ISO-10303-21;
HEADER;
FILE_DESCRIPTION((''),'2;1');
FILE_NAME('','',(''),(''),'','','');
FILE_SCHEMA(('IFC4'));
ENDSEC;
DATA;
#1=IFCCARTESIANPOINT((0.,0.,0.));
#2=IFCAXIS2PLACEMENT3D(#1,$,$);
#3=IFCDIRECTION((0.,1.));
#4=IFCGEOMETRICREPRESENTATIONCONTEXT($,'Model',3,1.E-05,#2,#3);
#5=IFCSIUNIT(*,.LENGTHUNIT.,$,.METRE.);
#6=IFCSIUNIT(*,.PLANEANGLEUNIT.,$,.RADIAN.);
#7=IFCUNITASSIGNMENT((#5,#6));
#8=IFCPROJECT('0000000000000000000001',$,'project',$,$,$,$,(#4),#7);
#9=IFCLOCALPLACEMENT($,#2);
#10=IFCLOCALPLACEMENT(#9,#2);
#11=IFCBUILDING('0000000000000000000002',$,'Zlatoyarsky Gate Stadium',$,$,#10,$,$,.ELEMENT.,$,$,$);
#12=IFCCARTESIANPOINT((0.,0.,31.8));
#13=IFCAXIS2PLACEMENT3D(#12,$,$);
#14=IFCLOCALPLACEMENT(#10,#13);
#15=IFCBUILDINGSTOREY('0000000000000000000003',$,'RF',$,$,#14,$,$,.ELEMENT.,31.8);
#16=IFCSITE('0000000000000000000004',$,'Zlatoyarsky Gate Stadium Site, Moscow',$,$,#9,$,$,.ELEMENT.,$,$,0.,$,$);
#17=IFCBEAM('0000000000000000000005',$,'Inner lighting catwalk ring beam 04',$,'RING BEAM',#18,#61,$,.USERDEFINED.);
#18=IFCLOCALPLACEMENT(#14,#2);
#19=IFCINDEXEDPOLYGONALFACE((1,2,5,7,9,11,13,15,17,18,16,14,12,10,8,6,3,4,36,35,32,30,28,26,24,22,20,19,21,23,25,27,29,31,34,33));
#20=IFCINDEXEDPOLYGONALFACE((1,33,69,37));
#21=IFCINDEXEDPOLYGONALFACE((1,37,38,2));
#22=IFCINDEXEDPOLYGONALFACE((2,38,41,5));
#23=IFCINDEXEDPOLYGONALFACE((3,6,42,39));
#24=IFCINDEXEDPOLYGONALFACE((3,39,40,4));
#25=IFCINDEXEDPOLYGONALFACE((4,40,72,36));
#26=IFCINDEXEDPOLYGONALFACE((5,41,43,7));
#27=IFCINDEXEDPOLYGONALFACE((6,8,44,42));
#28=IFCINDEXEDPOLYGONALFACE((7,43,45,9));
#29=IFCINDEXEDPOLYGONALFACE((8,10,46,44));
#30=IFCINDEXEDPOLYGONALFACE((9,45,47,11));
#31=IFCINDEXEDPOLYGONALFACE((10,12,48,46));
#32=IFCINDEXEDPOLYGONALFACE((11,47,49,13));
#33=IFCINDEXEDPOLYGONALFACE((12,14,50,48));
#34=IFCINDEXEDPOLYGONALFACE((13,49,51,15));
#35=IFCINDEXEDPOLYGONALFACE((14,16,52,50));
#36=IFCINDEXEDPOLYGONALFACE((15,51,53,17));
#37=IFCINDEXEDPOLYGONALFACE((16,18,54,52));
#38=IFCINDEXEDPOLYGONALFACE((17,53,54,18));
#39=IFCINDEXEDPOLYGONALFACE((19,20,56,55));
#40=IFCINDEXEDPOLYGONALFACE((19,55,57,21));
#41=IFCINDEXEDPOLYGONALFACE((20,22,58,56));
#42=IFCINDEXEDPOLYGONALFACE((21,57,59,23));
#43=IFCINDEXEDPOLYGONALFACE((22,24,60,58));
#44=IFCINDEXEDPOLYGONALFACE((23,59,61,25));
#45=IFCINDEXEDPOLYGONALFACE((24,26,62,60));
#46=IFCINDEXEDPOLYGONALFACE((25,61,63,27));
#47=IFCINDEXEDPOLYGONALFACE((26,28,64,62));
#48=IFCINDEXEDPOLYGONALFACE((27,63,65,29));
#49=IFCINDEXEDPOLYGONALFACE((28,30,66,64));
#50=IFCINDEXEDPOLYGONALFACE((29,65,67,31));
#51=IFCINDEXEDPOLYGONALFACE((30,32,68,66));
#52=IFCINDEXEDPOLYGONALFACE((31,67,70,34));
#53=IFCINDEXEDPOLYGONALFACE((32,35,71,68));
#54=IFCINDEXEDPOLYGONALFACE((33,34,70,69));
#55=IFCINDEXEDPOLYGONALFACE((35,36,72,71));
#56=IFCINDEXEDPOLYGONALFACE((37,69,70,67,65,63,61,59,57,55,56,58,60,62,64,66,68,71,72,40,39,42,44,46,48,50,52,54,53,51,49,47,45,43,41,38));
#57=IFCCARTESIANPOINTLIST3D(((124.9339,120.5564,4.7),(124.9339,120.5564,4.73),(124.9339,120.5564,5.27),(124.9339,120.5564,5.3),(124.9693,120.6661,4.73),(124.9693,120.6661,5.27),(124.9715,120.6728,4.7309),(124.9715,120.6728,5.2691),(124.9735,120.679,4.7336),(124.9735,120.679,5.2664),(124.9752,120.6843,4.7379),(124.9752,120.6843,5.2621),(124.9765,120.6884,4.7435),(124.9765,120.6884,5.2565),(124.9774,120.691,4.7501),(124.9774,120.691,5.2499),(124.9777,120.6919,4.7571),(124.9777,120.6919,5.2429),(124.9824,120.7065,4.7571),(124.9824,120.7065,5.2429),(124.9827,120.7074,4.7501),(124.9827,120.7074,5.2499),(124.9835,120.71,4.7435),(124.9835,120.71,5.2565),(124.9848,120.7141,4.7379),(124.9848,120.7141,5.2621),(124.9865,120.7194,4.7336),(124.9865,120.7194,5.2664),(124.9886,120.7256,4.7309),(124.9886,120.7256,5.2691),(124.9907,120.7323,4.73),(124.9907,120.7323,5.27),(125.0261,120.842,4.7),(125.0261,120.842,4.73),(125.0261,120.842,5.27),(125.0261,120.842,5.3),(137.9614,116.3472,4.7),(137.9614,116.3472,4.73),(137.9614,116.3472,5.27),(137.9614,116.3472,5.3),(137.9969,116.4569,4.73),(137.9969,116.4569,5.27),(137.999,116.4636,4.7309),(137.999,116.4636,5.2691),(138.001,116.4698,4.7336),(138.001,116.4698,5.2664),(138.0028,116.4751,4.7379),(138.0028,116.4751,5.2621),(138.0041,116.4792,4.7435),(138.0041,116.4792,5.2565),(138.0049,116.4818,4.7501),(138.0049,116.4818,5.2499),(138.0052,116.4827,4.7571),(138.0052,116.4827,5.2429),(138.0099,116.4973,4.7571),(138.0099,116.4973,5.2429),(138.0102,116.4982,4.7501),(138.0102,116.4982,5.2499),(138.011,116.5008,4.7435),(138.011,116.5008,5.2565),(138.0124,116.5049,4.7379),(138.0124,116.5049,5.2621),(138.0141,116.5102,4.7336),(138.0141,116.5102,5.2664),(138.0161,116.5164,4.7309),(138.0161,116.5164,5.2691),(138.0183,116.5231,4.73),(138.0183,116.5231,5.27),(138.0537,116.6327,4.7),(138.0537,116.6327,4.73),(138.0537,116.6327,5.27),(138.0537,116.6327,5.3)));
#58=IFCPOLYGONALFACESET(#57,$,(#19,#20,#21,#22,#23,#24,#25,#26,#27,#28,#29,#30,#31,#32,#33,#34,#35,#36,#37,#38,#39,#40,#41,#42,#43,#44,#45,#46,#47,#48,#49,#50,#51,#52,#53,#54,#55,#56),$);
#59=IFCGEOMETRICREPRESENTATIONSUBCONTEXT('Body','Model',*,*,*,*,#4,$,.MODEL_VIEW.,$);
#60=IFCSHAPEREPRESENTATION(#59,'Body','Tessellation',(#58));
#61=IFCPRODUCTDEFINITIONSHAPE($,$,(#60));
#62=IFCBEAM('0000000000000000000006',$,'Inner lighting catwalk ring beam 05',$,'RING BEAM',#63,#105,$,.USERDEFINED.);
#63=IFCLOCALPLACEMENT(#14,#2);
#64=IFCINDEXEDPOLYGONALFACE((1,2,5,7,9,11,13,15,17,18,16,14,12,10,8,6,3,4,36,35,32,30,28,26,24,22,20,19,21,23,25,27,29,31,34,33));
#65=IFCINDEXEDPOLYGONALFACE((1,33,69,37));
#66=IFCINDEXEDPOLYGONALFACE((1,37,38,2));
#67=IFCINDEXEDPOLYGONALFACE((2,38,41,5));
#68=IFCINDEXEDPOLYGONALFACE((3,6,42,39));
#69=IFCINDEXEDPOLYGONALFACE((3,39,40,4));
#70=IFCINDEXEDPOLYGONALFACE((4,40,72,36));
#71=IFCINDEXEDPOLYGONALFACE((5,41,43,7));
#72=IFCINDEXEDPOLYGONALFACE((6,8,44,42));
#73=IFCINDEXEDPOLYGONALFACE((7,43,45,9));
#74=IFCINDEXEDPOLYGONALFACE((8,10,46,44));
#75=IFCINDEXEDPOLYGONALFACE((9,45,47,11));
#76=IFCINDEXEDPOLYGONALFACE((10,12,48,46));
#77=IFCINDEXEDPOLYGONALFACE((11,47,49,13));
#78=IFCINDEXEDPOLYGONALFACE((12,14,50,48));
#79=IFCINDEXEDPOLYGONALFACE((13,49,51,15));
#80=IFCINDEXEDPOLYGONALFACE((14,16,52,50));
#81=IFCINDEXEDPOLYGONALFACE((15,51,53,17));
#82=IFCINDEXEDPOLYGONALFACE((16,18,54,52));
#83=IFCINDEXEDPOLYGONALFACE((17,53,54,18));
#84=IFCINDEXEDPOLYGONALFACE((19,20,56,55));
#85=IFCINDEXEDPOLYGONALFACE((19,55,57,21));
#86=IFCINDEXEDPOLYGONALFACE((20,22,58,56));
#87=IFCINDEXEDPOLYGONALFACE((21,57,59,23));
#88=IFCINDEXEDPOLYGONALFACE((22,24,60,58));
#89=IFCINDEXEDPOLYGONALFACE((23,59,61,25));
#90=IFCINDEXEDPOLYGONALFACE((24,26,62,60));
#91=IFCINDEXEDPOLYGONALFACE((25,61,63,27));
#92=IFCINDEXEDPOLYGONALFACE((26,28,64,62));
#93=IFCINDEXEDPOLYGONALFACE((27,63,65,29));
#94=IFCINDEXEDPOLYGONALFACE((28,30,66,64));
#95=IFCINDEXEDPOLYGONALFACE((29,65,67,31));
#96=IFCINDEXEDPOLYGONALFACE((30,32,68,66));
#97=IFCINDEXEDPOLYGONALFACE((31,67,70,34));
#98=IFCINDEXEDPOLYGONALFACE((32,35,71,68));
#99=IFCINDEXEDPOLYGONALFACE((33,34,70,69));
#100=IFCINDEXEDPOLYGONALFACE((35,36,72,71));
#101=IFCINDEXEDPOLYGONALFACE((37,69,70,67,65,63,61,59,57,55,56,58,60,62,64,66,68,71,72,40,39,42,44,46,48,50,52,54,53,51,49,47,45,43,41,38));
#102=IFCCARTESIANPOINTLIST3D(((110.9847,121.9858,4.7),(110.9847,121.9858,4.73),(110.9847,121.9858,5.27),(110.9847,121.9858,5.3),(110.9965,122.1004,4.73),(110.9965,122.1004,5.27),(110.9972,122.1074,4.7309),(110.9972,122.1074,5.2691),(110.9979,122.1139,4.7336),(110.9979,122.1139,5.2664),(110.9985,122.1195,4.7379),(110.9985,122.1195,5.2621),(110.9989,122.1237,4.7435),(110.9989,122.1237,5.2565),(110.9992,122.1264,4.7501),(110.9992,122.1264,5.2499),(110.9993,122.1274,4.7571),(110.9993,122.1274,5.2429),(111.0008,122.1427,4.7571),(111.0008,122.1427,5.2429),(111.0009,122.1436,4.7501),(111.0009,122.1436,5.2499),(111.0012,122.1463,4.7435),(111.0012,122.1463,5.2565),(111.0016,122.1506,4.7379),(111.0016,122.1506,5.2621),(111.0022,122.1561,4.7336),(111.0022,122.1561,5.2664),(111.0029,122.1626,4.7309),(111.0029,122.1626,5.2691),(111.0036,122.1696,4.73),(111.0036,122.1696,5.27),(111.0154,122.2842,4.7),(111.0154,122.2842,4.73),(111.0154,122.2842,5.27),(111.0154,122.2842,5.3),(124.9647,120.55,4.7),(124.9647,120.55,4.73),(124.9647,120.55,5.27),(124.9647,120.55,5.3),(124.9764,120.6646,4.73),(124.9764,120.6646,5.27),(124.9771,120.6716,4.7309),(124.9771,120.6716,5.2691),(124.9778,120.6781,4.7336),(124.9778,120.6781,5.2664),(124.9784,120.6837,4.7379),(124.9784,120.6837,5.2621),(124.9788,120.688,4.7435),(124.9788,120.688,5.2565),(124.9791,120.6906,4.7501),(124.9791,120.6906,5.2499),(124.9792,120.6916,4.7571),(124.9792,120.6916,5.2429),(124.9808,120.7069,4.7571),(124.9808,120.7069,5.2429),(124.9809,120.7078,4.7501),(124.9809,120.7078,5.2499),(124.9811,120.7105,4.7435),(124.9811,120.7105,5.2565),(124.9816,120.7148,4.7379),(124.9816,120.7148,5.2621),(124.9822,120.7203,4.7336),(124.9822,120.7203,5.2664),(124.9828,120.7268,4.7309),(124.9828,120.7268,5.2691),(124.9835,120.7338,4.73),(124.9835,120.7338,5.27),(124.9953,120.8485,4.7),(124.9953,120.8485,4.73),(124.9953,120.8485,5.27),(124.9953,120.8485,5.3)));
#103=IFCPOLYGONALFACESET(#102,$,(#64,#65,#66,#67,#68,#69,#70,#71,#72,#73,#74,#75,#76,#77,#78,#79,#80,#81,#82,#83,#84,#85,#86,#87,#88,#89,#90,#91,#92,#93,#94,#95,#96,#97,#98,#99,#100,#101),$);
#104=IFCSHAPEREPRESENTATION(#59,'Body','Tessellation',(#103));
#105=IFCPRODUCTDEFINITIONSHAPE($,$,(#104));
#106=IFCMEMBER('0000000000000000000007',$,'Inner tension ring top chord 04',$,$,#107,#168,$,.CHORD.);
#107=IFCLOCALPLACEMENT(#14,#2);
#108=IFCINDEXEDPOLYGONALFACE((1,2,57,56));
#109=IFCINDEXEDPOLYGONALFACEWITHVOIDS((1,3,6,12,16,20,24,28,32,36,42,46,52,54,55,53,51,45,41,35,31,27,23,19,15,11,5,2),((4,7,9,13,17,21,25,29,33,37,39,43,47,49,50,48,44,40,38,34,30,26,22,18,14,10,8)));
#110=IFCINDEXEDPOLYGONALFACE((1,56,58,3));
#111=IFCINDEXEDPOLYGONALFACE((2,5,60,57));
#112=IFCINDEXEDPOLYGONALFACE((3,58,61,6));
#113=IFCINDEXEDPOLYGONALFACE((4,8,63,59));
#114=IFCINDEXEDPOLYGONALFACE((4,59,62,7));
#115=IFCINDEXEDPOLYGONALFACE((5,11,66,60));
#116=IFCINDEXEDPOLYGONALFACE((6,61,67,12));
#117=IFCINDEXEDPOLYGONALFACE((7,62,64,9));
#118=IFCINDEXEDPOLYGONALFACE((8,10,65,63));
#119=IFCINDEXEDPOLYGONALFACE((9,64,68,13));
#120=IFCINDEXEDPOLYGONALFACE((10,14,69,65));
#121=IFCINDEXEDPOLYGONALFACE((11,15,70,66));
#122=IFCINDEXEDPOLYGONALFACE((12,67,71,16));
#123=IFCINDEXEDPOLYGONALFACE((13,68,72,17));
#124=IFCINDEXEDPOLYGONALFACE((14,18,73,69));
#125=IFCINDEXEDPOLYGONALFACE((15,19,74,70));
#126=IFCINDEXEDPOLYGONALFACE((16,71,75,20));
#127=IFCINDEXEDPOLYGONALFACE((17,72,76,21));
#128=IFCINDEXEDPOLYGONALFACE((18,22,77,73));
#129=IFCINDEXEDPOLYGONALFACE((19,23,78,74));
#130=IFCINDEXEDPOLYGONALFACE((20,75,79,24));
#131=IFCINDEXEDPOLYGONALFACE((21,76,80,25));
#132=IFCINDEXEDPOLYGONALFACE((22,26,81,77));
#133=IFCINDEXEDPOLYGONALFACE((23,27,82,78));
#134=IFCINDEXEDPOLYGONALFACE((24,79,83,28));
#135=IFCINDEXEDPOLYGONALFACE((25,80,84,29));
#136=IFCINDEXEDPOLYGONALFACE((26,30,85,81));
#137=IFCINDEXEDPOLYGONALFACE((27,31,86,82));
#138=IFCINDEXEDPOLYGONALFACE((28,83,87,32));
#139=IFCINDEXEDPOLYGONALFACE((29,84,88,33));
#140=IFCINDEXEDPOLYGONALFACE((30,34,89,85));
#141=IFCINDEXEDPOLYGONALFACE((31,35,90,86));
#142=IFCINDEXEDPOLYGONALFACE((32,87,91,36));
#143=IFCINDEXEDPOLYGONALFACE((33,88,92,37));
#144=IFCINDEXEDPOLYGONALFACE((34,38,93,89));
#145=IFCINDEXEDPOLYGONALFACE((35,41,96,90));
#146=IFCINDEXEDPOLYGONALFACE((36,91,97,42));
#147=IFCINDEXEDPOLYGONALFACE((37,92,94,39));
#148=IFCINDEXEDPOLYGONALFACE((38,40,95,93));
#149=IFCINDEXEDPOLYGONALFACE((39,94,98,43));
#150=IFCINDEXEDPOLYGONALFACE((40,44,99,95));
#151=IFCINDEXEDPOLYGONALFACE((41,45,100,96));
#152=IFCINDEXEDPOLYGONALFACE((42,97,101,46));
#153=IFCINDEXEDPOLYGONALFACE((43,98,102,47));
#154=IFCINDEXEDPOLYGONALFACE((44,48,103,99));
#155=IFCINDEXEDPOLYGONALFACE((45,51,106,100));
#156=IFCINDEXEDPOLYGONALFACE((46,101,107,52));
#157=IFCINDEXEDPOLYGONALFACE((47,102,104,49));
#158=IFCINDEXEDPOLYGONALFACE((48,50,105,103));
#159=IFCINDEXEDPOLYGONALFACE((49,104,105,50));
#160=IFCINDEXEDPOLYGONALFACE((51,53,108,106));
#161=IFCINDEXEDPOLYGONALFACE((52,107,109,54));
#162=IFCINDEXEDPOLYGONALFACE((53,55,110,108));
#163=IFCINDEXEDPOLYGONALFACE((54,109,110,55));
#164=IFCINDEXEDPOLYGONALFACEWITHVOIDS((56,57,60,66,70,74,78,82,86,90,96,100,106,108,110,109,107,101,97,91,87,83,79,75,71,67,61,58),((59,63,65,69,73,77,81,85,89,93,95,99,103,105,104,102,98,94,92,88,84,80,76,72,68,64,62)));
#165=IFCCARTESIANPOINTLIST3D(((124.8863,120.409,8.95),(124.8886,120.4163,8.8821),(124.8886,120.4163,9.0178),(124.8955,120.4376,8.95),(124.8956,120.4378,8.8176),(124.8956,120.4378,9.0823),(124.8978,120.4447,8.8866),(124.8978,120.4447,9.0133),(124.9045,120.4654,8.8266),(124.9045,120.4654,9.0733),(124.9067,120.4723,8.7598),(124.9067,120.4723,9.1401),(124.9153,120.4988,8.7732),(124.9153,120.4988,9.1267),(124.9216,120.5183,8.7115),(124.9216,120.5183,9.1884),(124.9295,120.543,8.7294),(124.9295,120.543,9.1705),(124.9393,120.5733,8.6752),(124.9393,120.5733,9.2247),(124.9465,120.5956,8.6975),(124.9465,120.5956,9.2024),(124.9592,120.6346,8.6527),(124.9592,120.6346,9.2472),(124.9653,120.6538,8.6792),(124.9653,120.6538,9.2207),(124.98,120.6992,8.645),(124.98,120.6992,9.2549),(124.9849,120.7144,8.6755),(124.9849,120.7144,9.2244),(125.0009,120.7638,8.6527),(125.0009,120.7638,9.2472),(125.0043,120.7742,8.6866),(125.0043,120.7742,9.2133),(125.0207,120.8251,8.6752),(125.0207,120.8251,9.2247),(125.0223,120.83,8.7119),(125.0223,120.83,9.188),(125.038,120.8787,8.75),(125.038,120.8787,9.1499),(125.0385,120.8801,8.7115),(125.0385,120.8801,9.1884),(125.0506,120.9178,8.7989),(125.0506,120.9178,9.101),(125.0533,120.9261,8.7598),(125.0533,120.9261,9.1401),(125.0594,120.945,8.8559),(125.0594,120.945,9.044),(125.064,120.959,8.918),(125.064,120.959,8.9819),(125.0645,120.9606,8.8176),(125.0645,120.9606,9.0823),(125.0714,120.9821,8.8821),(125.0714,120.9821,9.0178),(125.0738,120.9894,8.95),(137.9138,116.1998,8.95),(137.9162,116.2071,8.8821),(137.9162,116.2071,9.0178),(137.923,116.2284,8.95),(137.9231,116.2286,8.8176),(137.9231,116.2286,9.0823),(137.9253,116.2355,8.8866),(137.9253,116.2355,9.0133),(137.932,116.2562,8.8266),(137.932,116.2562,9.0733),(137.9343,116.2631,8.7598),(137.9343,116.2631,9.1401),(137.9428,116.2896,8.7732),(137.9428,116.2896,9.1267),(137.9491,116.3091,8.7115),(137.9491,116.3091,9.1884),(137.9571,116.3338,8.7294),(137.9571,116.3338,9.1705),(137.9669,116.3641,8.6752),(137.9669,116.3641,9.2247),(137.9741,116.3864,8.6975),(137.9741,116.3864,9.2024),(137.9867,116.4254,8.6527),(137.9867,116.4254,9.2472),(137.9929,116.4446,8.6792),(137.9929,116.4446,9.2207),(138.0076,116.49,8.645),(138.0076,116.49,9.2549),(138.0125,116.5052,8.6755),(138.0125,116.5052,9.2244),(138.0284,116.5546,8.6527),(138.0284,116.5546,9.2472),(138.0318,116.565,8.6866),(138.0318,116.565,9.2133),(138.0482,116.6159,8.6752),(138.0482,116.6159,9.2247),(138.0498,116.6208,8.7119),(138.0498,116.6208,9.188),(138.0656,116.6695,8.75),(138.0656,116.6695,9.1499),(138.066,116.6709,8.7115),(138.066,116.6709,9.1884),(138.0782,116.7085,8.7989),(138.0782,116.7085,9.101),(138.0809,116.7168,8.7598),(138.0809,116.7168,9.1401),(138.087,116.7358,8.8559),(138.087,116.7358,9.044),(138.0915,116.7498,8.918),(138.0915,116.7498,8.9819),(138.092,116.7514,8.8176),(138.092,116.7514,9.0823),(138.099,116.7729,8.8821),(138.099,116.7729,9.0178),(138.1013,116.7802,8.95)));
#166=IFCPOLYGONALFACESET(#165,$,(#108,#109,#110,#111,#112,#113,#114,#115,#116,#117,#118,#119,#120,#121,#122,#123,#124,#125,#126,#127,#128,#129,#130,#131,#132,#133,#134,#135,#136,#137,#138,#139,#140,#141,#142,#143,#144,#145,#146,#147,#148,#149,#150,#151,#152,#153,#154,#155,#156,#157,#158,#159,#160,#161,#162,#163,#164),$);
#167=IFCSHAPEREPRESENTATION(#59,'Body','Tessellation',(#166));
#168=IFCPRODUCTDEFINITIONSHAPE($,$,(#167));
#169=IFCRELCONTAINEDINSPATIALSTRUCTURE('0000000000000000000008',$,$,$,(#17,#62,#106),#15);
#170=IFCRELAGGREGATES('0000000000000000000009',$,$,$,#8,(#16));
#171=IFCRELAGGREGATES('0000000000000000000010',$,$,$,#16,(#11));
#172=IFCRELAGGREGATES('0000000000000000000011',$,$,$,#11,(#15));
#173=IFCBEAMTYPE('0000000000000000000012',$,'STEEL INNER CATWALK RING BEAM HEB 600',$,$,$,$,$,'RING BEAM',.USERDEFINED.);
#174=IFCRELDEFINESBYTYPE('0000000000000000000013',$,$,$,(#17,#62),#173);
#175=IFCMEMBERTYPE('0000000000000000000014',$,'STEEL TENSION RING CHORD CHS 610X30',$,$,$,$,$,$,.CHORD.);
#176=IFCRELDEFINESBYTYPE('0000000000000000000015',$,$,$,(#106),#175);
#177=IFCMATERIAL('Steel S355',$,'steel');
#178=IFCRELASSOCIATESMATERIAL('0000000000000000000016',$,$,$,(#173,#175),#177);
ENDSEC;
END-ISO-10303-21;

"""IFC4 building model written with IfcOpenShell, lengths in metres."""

from ifc_helpers import new_model, si_unit, direction, frame, origin, origin_2d, place, context, subcontext, project, spatial, hollow_circle, i_section, extrude, material, material_profile, profile_set, type_object, element, save


model = new_model("IFC4")

# Units and contexts
model_context = context("Model", 3, precision=1e-05, world=origin(), true_north=direction((0.0, 1.0)))
body_context = subcontext(model_context, "Body", "Model", "MODEL_VIEW")
ifc_project = project(units=[si_unit("LENGTHUNIT", "METRE"), si_unit("PLANEANGLEUNIT", "RADIAN")], contexts=[model_context])

# Site, building, storey
site_placement = place(None, origin())
site = spatial("IfcSite", under=ifc_project, at=site_placement, Name="Zlatoyarsky Gate Stadium Site, Moscow", CompositionType="ELEMENT", RefElevation=0.0)
building_placement = place(site_placement, origin())
building = spatial("IfcBuilding", under=site, at=building_placement, Name="Zlatoyarsky Gate Stadium", CompositionType="ELEMENT")
storey_placement = place(building_placement, frame((0.0, 0.0, 31.8)))
storey = spatial("IfcBuildingStorey", under=building, at=storey_placement, Name="RF", CompositionType="ELEMENT", Elevation=31.8)

# Shared definitions
ifc_material = material(Name="Steel S355", Category="steel")

# Beams
ifc_material_profile_1 = material_profile(ifc_material, i_section(OverallWidth=0.3, OverallDepth=0.6001, WebThickness=0.0154, FlangeThickness=0.03, FilletRadius=0.0271, at=origin_2d()), Name="HEB 600")
ifc_profile_set_1 = profile_set([ifc_material_profile_1], Name="Steel S355")
beam_type = type_object("IfcBeamType", Name="STEEL INNER CATWALK RING BEAM HEB 600", ElementType="RING BEAM", PredefinedType="USERDEFINED", material=ifc_profile_set_1)
beam_1_placement = place(storey_placement, frame((138.0076, 116.49, 5.0), z_axis=(-0.951564, 0.307451, 0.0), x_axis=(-0.307451, -0.951564, 0.0)))
element("IfcBeam", 1, at=beam_1_placement, inside=storey, type_object=beam_type, Name="Inner lighting catwalk ring beam 04", ObjectType="RING BEAM", PredefinedType="USERDEFINED", context=body_context, shape_type="SweptSolid", body=[
    extrude(i_section(OverallWidth=0.3, OverallDepth=0.6001, WebThickness=0.0154, FlangeThickness=0.03, FilletRadius=0.0271, at=origin_2d()), origin(), (0.0, 0.0, 1.0), 13.6907),
])
beam_2_placement = place(storey_placement, frame((124.98, 120.6992, 5.0), z_axis=(-0.994767, 0.102166, 0.0), x_axis=(-0.102166, -0.994767, 0.0)))
element("IfcBeam", 2, at=beam_2_placement, inside=storey, type_object=beam_type, Name="Inner lighting catwalk ring beam 05", ObjectType="RING BEAM", PredefinedType="USERDEFINED", context=body_context, shape_type="SweptSolid", body=[
    extrude(i_section(OverallWidth=0.3, OverallDepth=0.6001, WebThickness=0.0154, FlangeThickness=0.03, FilletRadius=0.0271, at=origin_2d()), origin(), (0.0, 0.0, 1.0), 14.0535),
])

# Member
ifc_material_profile_2 = material_profile(ifc_material, hollow_circle(Radius=0.3049, WallThickness=0.03, at=origin_2d()), Name="CHS 610X30")
ifc_profile_set_2 = profile_set([ifc_material_profile_2], Name="Steel S355")
member_type_1 = type_object("IfcMemberType", Name="STEEL TENSION RING CHORD CHS 610X30", PredefinedType="CHORD", material=ifc_profile_set_2)
member_1_placement = place(storey_placement, frame((138.0076, 116.49, 8.95), z_axis=(-0.951564, 0.307451, 0.0), x_axis=(-0.307451, -0.951564, 0.0)))
element("IfcMember", 3, at=member_1_placement, inside=storey, type_object=member_type_1, Name="Inner tension ring top chord 04", PredefinedType="CHORD", context=body_context, shape_type="SweptSolid", body=[
    extrude(hollow_circle(Radius=0.3049, WallThickness=0.03, at=origin_2d()), origin(), (0.0, 0.0, 1.0), 13.6907),
])

save(model, "model.ifc")
